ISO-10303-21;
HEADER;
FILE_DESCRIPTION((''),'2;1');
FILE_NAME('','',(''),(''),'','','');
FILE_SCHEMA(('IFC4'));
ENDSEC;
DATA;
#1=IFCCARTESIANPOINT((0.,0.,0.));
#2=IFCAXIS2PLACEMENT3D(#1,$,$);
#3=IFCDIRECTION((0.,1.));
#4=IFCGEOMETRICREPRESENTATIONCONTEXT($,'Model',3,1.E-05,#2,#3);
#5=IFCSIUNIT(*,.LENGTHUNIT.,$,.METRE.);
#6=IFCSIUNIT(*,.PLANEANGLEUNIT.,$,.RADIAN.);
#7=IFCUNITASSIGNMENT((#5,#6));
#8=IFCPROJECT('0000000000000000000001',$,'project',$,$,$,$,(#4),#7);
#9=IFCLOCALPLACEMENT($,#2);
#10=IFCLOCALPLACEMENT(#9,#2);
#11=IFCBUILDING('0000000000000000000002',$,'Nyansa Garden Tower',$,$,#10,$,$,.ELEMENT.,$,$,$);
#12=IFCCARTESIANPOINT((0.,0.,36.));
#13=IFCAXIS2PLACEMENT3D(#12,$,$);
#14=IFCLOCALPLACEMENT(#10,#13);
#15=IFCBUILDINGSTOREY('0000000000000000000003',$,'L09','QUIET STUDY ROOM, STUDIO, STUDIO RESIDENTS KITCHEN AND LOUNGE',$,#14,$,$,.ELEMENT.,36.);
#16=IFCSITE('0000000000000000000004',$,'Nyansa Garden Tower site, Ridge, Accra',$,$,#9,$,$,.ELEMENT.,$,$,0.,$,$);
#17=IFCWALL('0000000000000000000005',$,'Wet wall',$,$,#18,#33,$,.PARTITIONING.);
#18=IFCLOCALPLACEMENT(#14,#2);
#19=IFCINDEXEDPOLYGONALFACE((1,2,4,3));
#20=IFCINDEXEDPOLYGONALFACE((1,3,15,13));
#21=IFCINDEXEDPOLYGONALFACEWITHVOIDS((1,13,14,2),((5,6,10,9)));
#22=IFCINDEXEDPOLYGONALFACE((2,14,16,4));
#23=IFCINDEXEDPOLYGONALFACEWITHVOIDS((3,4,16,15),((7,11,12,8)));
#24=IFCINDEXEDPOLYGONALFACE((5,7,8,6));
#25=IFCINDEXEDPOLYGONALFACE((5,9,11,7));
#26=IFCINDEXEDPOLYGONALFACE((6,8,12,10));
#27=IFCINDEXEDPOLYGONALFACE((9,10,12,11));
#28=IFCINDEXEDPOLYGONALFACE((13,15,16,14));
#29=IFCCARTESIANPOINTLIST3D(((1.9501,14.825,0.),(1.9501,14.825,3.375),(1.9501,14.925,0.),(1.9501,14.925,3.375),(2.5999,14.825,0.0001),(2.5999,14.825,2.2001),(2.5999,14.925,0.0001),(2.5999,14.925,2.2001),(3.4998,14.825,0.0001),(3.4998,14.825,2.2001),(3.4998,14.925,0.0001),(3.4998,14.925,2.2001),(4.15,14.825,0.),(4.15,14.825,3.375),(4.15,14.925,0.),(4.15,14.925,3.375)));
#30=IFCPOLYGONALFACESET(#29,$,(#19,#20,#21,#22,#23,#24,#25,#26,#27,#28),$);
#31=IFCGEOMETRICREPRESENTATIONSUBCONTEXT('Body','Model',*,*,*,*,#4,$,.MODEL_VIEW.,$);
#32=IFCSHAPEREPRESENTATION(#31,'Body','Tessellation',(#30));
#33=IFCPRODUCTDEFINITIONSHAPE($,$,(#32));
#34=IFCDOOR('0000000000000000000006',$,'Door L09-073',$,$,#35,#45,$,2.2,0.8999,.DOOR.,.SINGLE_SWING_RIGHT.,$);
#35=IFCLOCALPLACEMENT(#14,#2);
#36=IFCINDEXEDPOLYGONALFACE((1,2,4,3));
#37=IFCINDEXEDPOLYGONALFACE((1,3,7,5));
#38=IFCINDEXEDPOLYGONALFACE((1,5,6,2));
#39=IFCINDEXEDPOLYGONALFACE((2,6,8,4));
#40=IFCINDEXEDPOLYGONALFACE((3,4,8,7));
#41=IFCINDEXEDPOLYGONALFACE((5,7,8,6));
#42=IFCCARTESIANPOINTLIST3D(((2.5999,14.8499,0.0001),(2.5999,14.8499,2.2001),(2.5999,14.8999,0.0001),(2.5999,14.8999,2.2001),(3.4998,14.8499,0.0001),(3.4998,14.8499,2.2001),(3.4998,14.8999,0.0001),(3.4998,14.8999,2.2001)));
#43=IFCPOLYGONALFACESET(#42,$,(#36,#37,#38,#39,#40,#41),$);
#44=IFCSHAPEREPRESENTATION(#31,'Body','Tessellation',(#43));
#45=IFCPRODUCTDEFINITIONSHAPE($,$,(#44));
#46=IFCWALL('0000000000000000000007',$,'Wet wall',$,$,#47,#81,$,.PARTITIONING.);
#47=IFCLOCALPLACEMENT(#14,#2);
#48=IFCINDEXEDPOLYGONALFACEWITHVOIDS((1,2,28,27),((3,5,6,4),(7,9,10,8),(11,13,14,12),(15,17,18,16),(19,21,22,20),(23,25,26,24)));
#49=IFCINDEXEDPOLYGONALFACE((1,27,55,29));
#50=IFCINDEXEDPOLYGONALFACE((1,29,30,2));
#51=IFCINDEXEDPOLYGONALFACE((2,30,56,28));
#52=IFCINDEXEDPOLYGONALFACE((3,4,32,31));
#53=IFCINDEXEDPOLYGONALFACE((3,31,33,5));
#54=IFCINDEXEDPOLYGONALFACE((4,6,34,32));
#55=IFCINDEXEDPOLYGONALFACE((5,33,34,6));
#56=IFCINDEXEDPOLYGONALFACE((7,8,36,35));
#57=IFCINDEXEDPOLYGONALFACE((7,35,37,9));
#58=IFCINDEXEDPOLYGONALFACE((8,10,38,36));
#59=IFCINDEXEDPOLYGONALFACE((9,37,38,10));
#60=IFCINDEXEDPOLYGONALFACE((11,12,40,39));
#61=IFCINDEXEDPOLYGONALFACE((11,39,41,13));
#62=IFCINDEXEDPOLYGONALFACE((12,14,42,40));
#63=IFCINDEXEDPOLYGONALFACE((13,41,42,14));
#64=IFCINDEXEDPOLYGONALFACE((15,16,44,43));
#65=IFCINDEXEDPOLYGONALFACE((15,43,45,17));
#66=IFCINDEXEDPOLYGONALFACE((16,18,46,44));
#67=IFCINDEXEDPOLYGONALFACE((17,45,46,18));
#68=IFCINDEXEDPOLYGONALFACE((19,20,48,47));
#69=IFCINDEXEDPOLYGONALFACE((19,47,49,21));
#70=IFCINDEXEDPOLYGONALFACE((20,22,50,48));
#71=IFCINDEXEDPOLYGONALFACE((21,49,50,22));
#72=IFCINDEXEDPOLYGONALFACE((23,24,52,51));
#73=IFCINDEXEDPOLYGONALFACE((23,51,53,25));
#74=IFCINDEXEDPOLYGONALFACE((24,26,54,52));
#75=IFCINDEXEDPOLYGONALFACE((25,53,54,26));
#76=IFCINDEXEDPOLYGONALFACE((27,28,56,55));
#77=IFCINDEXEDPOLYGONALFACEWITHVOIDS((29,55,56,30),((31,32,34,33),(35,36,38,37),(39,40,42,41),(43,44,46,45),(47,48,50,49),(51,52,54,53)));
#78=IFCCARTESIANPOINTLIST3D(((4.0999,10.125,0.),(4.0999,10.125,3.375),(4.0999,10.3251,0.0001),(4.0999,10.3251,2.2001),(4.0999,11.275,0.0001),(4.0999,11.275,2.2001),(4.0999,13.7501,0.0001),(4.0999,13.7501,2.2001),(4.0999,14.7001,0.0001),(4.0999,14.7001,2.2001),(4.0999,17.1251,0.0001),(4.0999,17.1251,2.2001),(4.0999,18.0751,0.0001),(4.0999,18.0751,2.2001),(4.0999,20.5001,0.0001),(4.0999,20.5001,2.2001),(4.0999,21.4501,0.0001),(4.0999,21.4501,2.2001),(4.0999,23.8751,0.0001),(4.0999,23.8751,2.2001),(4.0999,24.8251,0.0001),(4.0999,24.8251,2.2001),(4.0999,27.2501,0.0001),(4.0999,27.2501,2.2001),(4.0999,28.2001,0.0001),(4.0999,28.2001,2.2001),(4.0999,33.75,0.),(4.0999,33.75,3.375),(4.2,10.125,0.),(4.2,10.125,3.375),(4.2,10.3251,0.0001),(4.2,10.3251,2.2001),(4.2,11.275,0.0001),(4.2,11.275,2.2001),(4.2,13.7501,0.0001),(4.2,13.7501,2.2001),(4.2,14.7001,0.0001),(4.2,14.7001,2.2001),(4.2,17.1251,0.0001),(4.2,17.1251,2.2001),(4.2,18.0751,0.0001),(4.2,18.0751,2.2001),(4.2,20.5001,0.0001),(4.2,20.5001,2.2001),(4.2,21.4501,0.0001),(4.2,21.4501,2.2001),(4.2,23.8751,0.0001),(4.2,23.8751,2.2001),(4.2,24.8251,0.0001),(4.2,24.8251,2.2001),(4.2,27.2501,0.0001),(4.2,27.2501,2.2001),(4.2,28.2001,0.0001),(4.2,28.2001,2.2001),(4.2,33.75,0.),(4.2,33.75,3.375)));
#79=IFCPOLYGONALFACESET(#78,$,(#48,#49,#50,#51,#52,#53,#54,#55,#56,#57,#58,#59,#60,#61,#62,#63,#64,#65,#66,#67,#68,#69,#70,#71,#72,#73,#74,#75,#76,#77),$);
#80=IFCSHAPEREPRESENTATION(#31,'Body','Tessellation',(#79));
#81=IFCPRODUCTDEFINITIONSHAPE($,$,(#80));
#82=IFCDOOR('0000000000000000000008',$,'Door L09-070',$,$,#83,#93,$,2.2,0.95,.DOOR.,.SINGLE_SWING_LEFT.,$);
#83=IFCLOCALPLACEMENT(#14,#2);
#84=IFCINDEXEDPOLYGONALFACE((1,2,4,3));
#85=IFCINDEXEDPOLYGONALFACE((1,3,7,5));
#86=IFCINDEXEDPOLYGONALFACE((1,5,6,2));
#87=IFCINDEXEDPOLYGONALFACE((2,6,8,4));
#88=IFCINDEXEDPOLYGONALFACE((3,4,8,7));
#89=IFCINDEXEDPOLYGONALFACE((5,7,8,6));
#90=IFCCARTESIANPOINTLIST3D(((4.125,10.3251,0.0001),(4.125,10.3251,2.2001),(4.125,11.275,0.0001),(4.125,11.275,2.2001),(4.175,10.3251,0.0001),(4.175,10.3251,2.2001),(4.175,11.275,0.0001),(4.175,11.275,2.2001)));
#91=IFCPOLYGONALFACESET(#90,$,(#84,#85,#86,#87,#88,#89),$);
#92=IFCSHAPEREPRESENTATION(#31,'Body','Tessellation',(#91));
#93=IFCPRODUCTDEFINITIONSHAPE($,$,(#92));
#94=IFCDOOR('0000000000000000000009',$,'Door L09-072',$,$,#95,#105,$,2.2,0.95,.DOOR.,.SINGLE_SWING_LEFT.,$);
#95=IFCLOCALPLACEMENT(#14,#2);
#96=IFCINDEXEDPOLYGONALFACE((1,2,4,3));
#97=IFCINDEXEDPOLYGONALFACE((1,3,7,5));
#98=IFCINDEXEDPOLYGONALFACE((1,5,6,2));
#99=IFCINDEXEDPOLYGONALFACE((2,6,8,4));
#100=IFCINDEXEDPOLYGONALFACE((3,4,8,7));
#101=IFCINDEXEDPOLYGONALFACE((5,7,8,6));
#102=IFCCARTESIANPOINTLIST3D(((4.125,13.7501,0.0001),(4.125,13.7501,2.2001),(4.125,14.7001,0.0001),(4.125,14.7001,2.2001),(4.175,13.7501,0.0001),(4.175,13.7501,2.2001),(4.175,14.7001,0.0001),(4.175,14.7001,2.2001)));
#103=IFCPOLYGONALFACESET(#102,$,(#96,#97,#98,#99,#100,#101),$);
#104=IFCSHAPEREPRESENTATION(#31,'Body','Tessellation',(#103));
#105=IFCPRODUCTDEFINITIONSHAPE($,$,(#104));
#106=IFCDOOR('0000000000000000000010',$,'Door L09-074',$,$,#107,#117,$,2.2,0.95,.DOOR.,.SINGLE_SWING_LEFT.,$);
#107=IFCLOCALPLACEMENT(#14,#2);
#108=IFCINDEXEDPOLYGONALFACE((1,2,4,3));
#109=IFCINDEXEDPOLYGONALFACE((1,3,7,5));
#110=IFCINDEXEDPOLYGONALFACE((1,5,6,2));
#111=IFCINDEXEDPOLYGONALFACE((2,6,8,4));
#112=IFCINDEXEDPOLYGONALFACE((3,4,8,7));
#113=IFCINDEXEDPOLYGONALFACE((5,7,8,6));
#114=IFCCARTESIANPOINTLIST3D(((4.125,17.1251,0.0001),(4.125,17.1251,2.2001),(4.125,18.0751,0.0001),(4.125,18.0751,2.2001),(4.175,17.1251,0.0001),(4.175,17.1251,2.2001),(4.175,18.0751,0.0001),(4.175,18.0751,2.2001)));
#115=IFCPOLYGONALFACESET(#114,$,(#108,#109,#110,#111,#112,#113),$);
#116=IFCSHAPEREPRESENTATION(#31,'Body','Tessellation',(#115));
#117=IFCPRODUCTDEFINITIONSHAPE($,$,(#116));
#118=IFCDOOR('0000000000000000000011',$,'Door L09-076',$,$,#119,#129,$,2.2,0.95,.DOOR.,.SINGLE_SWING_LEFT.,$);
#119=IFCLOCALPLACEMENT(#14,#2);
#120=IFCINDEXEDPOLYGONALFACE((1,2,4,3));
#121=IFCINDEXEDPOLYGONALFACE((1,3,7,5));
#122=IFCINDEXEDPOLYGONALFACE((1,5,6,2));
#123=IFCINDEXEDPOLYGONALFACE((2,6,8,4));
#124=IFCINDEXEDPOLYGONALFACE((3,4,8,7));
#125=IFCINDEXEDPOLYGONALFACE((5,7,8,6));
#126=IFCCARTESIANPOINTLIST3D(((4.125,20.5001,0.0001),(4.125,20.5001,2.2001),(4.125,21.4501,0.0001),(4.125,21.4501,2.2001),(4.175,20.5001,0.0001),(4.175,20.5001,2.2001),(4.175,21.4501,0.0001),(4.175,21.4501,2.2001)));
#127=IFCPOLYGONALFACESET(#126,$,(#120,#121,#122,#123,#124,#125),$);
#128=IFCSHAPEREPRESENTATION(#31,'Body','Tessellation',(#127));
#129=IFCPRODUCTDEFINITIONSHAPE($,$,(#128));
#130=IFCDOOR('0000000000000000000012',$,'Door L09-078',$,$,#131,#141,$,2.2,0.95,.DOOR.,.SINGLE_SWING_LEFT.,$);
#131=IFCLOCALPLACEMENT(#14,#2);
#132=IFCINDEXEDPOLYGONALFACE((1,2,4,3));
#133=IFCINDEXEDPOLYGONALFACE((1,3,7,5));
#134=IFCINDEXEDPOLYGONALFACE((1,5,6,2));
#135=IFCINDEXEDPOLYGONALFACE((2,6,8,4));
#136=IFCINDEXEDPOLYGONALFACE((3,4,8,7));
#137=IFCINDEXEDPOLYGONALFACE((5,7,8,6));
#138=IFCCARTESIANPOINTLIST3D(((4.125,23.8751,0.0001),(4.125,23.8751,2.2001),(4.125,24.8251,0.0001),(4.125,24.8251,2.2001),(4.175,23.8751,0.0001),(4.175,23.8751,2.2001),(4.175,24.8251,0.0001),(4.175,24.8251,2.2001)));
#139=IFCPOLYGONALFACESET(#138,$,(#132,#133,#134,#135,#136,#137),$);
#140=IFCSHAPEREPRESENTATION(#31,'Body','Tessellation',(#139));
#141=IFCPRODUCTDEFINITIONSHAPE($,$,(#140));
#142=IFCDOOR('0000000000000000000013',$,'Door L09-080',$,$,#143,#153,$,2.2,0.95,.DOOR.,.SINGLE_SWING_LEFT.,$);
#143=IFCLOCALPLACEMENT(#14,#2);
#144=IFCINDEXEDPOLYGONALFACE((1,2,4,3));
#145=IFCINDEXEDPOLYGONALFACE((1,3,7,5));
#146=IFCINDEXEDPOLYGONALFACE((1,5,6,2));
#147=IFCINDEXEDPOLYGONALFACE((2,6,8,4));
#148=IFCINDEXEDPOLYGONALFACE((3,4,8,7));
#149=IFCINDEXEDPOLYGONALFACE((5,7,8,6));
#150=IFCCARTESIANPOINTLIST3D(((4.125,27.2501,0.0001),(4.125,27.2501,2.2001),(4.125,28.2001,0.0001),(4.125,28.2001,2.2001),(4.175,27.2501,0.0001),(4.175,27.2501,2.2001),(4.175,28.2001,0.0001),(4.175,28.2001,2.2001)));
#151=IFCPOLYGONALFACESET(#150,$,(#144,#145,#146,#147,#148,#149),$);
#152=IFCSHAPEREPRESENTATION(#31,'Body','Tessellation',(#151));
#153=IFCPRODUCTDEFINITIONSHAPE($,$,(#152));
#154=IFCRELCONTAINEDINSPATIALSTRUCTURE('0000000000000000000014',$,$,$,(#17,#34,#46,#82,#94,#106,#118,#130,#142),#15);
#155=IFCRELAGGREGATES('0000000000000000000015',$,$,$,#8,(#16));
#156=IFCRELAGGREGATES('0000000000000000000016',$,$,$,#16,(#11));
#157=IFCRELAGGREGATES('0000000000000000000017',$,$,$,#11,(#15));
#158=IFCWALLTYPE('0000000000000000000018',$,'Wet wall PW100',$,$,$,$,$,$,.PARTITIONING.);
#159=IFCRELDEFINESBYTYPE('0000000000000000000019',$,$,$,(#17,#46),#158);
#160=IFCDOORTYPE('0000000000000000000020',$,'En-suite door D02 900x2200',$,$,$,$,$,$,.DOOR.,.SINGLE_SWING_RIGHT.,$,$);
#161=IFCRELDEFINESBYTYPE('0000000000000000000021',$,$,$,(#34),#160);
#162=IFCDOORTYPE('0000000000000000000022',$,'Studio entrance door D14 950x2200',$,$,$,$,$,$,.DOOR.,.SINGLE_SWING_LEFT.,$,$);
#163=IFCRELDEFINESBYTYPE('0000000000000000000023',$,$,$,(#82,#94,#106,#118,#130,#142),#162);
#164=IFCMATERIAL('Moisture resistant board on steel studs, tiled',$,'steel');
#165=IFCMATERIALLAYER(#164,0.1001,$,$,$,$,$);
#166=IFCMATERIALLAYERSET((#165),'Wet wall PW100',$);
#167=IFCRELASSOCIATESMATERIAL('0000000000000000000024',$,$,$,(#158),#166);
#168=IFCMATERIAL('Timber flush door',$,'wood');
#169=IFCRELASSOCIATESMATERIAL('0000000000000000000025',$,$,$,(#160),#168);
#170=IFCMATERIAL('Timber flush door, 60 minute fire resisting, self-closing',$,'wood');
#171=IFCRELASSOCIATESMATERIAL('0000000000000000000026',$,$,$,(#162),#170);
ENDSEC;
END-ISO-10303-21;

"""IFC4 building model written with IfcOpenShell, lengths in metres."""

from ifc_helpers import new_model, si_unit, direction, frame, frame_2d, origin, place, context, subcontext, project, spatial, rectangle, extrude, material, layer, layer_set, type_object, element, fill, save


model = new_model("IFC4")

# Units and contexts
model_context = context("Model", 3, precision=1e-05, world=origin(), true_north=direction((0.0, 1.0)))
body_context = subcontext(model_context, "Body", "Model", "MODEL_VIEW")
ifc_project = project(units=[si_unit("LENGTHUNIT", "METRE"), si_unit("PLANEANGLEUNIT", "RADIAN")], contexts=[model_context])

# Site, building, storey
site_placement = place(None, origin())
site = spatial("IfcSite", under=ifc_project, at=site_placement, Name="Nyansa Garden Tower site, Ridge, Accra", CompositionType="ELEMENT", RefElevation=0.0)
building_placement = place(site_placement, origin())
building = spatial("IfcBuilding", under=site, at=building_placement, Name="Nyansa Garden Tower", CompositionType="ELEMENT")
storey_placement = place(building_placement, frame((0.0, 0.0, 36.0)))
storey = spatial("IfcBuildingStorey", under=building, at=storey_placement, Name="L09", Description="QUIET STUDY ROOM, STUDIO, STUDIO RESIDENTS KITCHEN AND LOUNGE", CompositionType="ELEMENT", Elevation=36.0)

# Shared definitions
ifc_material_1 = material(Name="Moisture resistant board on steel studs, tiled", Category="steel")
ifc_layer_1 = layer(ifc_material_1, 0.1001)
ifc_layer_set_1 = layer_set([ifc_layer_1], Name="Wet wall PW100")
wall_type_1 = type_object("IfcWallType", Name="Wet wall PW100", PredefinedType="PARTITIONING", material=ifc_layer_set_1)

# Shared definitions
ifc_material_2 = material(Name="Timber flush door", Category="wood")
door_type_1 = type_object("IfcDoorType", Name="En-suite door D02 900x2200", OperationType="SINGLE_SWING_RIGHT", PredefinedType="DOOR", material=ifc_material_2)

# Wall, opening, door
wall_1_placement = place(storey_placement, frame((1.95, 14.875, 0.0), z_axis=(0.0, 0.0, 1.0), x_axis=(1.0, 0.0, 0.0)))
wall_1 = element("IfcWall", 1, at=wall_1_placement, inside=storey, type_object=wall_type_1, Name="Wet wall", PredefinedType="PARTITIONING", context=body_context, shape_type="SweptSolid", body=[
    extrude(rectangle(XDim=2.2, YDim=0.1001, at=frame_2d((1.1001, 0.0))), origin(), (0.0, 0.0, 1.0), 3.375),
])
opening_1_placement = place(wall_1_placement, frame((0.6499, 0.0, 0.0)))
opening_1 = element("IfcOpeningElement", 2, at=opening_1_placement, cuts=wall_1, PredefinedType="OPENING", context=body_context, shape_type="SweptSolid", body=[
    extrude(rectangle(XDim=0.8999, YDim=2.2, at=frame_2d((0.45, 1.1001))), frame((0.0, 0.0601, 0.0), z_axis=(0.0, -1.0, 0.0), x_axis=(1.0, 0.0, 0.0)), (0.0, 0.0, 1.0), 0.1201),
])
door_1_placement = place(opening_1_placement, origin())
door_1 = element("IfcDoor", 3, at=door_1_placement, inside=storey, type_object=door_type_1, Name="Door L09-073", OperationType="SINGLE_SWING_RIGHT", OverallHeight=2.2, OverallWidth=0.8999, PredefinedType="DOOR", context=body_context, shape_type="SweptSolid", body=[
    extrude(rectangle(XDim=0.8999, YDim=2.2, at=frame_2d((0.45, 1.1001))), frame((0.0, 0.0249, 0.0), z_axis=(0.0, -1.0, 0.0), x_axis=(1.0, 0.0, 0.0)), (0.0, 0.0, 1.0), 0.05),
])
fill(opening_1, door_1)

# Wall, openings, doors
wall_2_placement = place(storey_placement, frame((4.1499, 10.125, 0.0), z_axis=(0.0, 0.0, 1.0), x_axis=(0.0, 1.0, 0.0)))
wall_2 = element("IfcWall", 4, at=wall_2_placement, inside=storey, type_object=wall_type_1, Name="Wet wall", PredefinedType="PARTITIONING", context=body_context, shape_type="SweptSolid", body=[
    extrude(rectangle(XDim=23.625, YDim=0.1001, at=frame_2d((11.8125, 0.0))), origin(), (0.0, 0.0, 1.0), 3.375),
])
opening_2_placement = place(wall_2_placement, frame((0.2, 0.0, 0.0)))
opening_2 = element("IfcOpeningElement", 5, at=opening_2_placement, cuts=wall_2, PredefinedType="OPENING", context=body_context, shape_type="SweptSolid", body=[
    extrude(rectangle(XDim=0.95, YDim=2.2, at=frame_2d((0.4751, 1.1001))), frame((0.0, 0.0601, 0.0), z_axis=(0.0, -1.0, 0.0), x_axis=(1.0, 0.0, 0.0)), (0.0, 0.0, 1.0), 0.1201),
])
opening_3_placement = place(wall_2_placement, frame((3.625, 0.0, 0.0)))
opening_3 = element("IfcOpeningElement", 6, at=opening_3_placement, cuts=wall_2, PredefinedType="OPENING", context=body_context, shape_type="SweptSolid", body=[
    extrude(rectangle(XDim=0.95, YDim=2.2, at=frame_2d((0.4751, 1.1001))), frame((0.0, 0.0601, 0.0), z_axis=(0.0, -1.0, 0.0), x_axis=(1.0, 0.0, 0.0)), (0.0, 0.0, 1.0), 0.1201),
])
opening_4_placement = place(wall_2_placement, frame((7.0, 0.0, 0.0)))
opening_4 = element("IfcOpeningElement", 7, at=opening_4_placement, cuts=wall_2, PredefinedType="OPENING", context=body_context, shape_type="SweptSolid", body=[
    extrude(rectangle(XDim=0.95, YDim=2.2, at=frame_2d((0.4751, 1.1001))), frame((0.0, 0.0601, 0.0), z_axis=(0.0, -1.0, 0.0), x_axis=(1.0, 0.0, 0.0)), (0.0, 0.0, 1.0), 0.1201),
])
opening_5_placement = place(wall_2_placement, frame((10.375, 0.0, 0.0)))
opening_5 = element("IfcOpeningElement", 8, at=opening_5_placement, cuts=wall_2, PredefinedType="OPENING", context=body_context, shape_type="SweptSolid", body=[
    extrude(rectangle(XDim=0.95, YDim=2.2, at=frame_2d((0.4751, 1.1001))), frame((0.0, 0.0601, 0.0), z_axis=(0.0, -1.0, 0.0), x_axis=(1.0, 0.0, 0.0)), (0.0, 0.0, 1.0), 0.1201),
])
opening_6_placement = place(wall_2_placement, frame((13.75, 0.0, 0.0)))
opening_6 = element("IfcOpeningElement", 9, at=opening_6_placement, cuts=wall_2, PredefinedType="OPENING", context=body_context, shape_type="SweptSolid", body=[
    extrude(rectangle(XDim=0.95, YDim=2.2, at=frame_2d((0.4751, 1.1001))), frame((0.0, 0.0601, 0.0), z_axis=(0.0, -1.0, 0.0), x_axis=(1.0, 0.0, 0.0)), (0.0, 0.0, 1.0), 0.1201),
])
opening_7_placement = place(wall_2_placement, frame((17.125, 0.0, 0.0)))
opening_7 = element("IfcOpeningElement", 10, at=opening_7_placement, cuts=wall_2, PredefinedType="OPENING", context=body_context, shape_type="SweptSolid", body=[
    extrude(rectangle(XDim=0.95, YDim=2.2, at=frame_2d((0.4751, 1.1001))), frame((0.0, 0.0601, 0.0), z_axis=(0.0, -1.0, 0.0), x_axis=(1.0, 0.0, 0.0)), (0.0, 0.0, 1.0), 0.1201),
])
ifc_material_3 = material(Name="Timber flush door, 60 minute fire resisting, self-closing", Category="wood")
door_type_2 = type_object("IfcDoorType", Name="Studio entrance door D14 950x2200", OperationType="SINGLE_SWING_LEFT", PredefinedType="DOOR", material=ifc_material_3)
door_2_placement = place(opening_2_placement, origin())
door_2 = element("IfcDoor", 11, at=door_2_placement, inside=storey, type_object=door_type_2, Name="Door L09-070", OperationType="SINGLE_SWING_LEFT", OverallHeight=2.2, OverallWidth=0.95, PredefinedType="DOOR", context=body_context, shape_type="SweptSolid", body=[
    extrude(rectangle(XDim=0.95, YDim=2.2, at=frame_2d((0.4751, 1.1001))), frame((0.0, 0.0249, 0.0), z_axis=(0.0, -1.0, 0.0), x_axis=(1.0, 0.0, 0.0)), (0.0, 0.0, 1.0), 0.05),
])
fill(opening_2, door_2)
door_3_placement = place(opening_3_placement, origin())
door_3 = element("IfcDoor", 12, at=door_3_placement, inside=storey, type_object=door_type_2, Name="Door L09-072", OperationType="SINGLE_SWING_LEFT", OverallHeight=2.2, OverallWidth=0.95, PredefinedType="DOOR", context=body_context, shape_type="SweptSolid", body=[
    extrude(rectangle(XDim=0.95, YDim=2.2, at=frame_2d((0.4751, 1.1001))), frame((0.0, 0.0249, 0.0), z_axis=(0.0, -1.0, 0.0), x_axis=(1.0, 0.0, 0.0)), (0.0, 0.0, 1.0), 0.05),
])
fill(opening_3, door_3)
door_4_placement = place(opening_4_placement, origin())
door_4 = element("IfcDoor", 13, at=door_4_placement, inside=storey, type_object=door_type_2, Name="Door L09-074", OperationType="SINGLE_SWING_LEFT", OverallHeight=2.2, OverallWidth=0.95, PredefinedType="DOOR", context=body_context, shape_type="SweptSolid", body=[
    extrude(rectangle(XDim=0.95, YDim=2.2, at=frame_2d((0.4751, 1.1001))), frame((0.0, 0.0249, 0.0), z_axis=(0.0, -1.0, 0.0), x_axis=(1.0, 0.0, 0.0)), (0.0, 0.0, 1.0), 0.05),
])
fill(opening_4, door_4)
door_5_placement = place(opening_5_placement, origin())
door_5 = element("IfcDoor", 14, at=door_5_placement, inside=storey, type_object=door_type_2, Name="Door L09-076", OperationType="SINGLE_SWING_LEFT", OverallHeight=2.2, OverallWidth=0.95, PredefinedType="DOOR", context=body_context, shape_type="SweptSolid", body=[
    extrude(rectangle(XDim=0.95, YDim=2.2, at=frame_2d((0.4751, 1.1001))), frame((0.0, 0.0249, 0.0), z_axis=(0.0, -1.0, 0.0), x_axis=(1.0, 0.0, 0.0)), (0.0, 0.0, 1.0), 0.05),
])
fill(opening_5, door_5)
door_6_placement = place(opening_6_placement, origin())
door_6 = element("IfcDoor", 15, at=door_6_placement, inside=storey, type_object=door_type_2, Name="Door L09-078", OperationType="SINGLE_SWING_LEFT", OverallHeight=2.2, OverallWidth=0.95, PredefinedType="DOOR", context=body_context, shape_type="SweptSolid", body=[
    extrude(rectangle(XDim=0.95, YDim=2.2, at=frame_2d((0.4751, 1.1001))), frame((0.0, 0.0249, 0.0), z_axis=(0.0, -1.0, 0.0), x_axis=(1.0, 0.0, 0.0)), (0.0, 0.0, 1.0), 0.05),
])
fill(opening_6, door_6)
door_7_placement = place(opening_7_placement, origin())
door_7 = element("IfcDoor", 16, at=door_7_placement, inside=storey, type_object=door_type_2, Name="Door L09-080", OperationType="SINGLE_SWING_LEFT", OverallHeight=2.2, OverallWidth=0.95, PredefinedType="DOOR", context=body_context, shape_type="SweptSolid", body=[
    extrude(rectangle(XDim=0.95, YDim=2.2, at=frame_2d((0.4751, 1.1001))), frame((0.0, 0.0249, 0.0), z_axis=(0.0, -1.0, 0.0), x_axis=(1.0, 0.0, 0.0)), (0.0, 0.0, 1.0), 0.05),
])
fill(opening_7, door_7)

save(model, "model.ifc")
